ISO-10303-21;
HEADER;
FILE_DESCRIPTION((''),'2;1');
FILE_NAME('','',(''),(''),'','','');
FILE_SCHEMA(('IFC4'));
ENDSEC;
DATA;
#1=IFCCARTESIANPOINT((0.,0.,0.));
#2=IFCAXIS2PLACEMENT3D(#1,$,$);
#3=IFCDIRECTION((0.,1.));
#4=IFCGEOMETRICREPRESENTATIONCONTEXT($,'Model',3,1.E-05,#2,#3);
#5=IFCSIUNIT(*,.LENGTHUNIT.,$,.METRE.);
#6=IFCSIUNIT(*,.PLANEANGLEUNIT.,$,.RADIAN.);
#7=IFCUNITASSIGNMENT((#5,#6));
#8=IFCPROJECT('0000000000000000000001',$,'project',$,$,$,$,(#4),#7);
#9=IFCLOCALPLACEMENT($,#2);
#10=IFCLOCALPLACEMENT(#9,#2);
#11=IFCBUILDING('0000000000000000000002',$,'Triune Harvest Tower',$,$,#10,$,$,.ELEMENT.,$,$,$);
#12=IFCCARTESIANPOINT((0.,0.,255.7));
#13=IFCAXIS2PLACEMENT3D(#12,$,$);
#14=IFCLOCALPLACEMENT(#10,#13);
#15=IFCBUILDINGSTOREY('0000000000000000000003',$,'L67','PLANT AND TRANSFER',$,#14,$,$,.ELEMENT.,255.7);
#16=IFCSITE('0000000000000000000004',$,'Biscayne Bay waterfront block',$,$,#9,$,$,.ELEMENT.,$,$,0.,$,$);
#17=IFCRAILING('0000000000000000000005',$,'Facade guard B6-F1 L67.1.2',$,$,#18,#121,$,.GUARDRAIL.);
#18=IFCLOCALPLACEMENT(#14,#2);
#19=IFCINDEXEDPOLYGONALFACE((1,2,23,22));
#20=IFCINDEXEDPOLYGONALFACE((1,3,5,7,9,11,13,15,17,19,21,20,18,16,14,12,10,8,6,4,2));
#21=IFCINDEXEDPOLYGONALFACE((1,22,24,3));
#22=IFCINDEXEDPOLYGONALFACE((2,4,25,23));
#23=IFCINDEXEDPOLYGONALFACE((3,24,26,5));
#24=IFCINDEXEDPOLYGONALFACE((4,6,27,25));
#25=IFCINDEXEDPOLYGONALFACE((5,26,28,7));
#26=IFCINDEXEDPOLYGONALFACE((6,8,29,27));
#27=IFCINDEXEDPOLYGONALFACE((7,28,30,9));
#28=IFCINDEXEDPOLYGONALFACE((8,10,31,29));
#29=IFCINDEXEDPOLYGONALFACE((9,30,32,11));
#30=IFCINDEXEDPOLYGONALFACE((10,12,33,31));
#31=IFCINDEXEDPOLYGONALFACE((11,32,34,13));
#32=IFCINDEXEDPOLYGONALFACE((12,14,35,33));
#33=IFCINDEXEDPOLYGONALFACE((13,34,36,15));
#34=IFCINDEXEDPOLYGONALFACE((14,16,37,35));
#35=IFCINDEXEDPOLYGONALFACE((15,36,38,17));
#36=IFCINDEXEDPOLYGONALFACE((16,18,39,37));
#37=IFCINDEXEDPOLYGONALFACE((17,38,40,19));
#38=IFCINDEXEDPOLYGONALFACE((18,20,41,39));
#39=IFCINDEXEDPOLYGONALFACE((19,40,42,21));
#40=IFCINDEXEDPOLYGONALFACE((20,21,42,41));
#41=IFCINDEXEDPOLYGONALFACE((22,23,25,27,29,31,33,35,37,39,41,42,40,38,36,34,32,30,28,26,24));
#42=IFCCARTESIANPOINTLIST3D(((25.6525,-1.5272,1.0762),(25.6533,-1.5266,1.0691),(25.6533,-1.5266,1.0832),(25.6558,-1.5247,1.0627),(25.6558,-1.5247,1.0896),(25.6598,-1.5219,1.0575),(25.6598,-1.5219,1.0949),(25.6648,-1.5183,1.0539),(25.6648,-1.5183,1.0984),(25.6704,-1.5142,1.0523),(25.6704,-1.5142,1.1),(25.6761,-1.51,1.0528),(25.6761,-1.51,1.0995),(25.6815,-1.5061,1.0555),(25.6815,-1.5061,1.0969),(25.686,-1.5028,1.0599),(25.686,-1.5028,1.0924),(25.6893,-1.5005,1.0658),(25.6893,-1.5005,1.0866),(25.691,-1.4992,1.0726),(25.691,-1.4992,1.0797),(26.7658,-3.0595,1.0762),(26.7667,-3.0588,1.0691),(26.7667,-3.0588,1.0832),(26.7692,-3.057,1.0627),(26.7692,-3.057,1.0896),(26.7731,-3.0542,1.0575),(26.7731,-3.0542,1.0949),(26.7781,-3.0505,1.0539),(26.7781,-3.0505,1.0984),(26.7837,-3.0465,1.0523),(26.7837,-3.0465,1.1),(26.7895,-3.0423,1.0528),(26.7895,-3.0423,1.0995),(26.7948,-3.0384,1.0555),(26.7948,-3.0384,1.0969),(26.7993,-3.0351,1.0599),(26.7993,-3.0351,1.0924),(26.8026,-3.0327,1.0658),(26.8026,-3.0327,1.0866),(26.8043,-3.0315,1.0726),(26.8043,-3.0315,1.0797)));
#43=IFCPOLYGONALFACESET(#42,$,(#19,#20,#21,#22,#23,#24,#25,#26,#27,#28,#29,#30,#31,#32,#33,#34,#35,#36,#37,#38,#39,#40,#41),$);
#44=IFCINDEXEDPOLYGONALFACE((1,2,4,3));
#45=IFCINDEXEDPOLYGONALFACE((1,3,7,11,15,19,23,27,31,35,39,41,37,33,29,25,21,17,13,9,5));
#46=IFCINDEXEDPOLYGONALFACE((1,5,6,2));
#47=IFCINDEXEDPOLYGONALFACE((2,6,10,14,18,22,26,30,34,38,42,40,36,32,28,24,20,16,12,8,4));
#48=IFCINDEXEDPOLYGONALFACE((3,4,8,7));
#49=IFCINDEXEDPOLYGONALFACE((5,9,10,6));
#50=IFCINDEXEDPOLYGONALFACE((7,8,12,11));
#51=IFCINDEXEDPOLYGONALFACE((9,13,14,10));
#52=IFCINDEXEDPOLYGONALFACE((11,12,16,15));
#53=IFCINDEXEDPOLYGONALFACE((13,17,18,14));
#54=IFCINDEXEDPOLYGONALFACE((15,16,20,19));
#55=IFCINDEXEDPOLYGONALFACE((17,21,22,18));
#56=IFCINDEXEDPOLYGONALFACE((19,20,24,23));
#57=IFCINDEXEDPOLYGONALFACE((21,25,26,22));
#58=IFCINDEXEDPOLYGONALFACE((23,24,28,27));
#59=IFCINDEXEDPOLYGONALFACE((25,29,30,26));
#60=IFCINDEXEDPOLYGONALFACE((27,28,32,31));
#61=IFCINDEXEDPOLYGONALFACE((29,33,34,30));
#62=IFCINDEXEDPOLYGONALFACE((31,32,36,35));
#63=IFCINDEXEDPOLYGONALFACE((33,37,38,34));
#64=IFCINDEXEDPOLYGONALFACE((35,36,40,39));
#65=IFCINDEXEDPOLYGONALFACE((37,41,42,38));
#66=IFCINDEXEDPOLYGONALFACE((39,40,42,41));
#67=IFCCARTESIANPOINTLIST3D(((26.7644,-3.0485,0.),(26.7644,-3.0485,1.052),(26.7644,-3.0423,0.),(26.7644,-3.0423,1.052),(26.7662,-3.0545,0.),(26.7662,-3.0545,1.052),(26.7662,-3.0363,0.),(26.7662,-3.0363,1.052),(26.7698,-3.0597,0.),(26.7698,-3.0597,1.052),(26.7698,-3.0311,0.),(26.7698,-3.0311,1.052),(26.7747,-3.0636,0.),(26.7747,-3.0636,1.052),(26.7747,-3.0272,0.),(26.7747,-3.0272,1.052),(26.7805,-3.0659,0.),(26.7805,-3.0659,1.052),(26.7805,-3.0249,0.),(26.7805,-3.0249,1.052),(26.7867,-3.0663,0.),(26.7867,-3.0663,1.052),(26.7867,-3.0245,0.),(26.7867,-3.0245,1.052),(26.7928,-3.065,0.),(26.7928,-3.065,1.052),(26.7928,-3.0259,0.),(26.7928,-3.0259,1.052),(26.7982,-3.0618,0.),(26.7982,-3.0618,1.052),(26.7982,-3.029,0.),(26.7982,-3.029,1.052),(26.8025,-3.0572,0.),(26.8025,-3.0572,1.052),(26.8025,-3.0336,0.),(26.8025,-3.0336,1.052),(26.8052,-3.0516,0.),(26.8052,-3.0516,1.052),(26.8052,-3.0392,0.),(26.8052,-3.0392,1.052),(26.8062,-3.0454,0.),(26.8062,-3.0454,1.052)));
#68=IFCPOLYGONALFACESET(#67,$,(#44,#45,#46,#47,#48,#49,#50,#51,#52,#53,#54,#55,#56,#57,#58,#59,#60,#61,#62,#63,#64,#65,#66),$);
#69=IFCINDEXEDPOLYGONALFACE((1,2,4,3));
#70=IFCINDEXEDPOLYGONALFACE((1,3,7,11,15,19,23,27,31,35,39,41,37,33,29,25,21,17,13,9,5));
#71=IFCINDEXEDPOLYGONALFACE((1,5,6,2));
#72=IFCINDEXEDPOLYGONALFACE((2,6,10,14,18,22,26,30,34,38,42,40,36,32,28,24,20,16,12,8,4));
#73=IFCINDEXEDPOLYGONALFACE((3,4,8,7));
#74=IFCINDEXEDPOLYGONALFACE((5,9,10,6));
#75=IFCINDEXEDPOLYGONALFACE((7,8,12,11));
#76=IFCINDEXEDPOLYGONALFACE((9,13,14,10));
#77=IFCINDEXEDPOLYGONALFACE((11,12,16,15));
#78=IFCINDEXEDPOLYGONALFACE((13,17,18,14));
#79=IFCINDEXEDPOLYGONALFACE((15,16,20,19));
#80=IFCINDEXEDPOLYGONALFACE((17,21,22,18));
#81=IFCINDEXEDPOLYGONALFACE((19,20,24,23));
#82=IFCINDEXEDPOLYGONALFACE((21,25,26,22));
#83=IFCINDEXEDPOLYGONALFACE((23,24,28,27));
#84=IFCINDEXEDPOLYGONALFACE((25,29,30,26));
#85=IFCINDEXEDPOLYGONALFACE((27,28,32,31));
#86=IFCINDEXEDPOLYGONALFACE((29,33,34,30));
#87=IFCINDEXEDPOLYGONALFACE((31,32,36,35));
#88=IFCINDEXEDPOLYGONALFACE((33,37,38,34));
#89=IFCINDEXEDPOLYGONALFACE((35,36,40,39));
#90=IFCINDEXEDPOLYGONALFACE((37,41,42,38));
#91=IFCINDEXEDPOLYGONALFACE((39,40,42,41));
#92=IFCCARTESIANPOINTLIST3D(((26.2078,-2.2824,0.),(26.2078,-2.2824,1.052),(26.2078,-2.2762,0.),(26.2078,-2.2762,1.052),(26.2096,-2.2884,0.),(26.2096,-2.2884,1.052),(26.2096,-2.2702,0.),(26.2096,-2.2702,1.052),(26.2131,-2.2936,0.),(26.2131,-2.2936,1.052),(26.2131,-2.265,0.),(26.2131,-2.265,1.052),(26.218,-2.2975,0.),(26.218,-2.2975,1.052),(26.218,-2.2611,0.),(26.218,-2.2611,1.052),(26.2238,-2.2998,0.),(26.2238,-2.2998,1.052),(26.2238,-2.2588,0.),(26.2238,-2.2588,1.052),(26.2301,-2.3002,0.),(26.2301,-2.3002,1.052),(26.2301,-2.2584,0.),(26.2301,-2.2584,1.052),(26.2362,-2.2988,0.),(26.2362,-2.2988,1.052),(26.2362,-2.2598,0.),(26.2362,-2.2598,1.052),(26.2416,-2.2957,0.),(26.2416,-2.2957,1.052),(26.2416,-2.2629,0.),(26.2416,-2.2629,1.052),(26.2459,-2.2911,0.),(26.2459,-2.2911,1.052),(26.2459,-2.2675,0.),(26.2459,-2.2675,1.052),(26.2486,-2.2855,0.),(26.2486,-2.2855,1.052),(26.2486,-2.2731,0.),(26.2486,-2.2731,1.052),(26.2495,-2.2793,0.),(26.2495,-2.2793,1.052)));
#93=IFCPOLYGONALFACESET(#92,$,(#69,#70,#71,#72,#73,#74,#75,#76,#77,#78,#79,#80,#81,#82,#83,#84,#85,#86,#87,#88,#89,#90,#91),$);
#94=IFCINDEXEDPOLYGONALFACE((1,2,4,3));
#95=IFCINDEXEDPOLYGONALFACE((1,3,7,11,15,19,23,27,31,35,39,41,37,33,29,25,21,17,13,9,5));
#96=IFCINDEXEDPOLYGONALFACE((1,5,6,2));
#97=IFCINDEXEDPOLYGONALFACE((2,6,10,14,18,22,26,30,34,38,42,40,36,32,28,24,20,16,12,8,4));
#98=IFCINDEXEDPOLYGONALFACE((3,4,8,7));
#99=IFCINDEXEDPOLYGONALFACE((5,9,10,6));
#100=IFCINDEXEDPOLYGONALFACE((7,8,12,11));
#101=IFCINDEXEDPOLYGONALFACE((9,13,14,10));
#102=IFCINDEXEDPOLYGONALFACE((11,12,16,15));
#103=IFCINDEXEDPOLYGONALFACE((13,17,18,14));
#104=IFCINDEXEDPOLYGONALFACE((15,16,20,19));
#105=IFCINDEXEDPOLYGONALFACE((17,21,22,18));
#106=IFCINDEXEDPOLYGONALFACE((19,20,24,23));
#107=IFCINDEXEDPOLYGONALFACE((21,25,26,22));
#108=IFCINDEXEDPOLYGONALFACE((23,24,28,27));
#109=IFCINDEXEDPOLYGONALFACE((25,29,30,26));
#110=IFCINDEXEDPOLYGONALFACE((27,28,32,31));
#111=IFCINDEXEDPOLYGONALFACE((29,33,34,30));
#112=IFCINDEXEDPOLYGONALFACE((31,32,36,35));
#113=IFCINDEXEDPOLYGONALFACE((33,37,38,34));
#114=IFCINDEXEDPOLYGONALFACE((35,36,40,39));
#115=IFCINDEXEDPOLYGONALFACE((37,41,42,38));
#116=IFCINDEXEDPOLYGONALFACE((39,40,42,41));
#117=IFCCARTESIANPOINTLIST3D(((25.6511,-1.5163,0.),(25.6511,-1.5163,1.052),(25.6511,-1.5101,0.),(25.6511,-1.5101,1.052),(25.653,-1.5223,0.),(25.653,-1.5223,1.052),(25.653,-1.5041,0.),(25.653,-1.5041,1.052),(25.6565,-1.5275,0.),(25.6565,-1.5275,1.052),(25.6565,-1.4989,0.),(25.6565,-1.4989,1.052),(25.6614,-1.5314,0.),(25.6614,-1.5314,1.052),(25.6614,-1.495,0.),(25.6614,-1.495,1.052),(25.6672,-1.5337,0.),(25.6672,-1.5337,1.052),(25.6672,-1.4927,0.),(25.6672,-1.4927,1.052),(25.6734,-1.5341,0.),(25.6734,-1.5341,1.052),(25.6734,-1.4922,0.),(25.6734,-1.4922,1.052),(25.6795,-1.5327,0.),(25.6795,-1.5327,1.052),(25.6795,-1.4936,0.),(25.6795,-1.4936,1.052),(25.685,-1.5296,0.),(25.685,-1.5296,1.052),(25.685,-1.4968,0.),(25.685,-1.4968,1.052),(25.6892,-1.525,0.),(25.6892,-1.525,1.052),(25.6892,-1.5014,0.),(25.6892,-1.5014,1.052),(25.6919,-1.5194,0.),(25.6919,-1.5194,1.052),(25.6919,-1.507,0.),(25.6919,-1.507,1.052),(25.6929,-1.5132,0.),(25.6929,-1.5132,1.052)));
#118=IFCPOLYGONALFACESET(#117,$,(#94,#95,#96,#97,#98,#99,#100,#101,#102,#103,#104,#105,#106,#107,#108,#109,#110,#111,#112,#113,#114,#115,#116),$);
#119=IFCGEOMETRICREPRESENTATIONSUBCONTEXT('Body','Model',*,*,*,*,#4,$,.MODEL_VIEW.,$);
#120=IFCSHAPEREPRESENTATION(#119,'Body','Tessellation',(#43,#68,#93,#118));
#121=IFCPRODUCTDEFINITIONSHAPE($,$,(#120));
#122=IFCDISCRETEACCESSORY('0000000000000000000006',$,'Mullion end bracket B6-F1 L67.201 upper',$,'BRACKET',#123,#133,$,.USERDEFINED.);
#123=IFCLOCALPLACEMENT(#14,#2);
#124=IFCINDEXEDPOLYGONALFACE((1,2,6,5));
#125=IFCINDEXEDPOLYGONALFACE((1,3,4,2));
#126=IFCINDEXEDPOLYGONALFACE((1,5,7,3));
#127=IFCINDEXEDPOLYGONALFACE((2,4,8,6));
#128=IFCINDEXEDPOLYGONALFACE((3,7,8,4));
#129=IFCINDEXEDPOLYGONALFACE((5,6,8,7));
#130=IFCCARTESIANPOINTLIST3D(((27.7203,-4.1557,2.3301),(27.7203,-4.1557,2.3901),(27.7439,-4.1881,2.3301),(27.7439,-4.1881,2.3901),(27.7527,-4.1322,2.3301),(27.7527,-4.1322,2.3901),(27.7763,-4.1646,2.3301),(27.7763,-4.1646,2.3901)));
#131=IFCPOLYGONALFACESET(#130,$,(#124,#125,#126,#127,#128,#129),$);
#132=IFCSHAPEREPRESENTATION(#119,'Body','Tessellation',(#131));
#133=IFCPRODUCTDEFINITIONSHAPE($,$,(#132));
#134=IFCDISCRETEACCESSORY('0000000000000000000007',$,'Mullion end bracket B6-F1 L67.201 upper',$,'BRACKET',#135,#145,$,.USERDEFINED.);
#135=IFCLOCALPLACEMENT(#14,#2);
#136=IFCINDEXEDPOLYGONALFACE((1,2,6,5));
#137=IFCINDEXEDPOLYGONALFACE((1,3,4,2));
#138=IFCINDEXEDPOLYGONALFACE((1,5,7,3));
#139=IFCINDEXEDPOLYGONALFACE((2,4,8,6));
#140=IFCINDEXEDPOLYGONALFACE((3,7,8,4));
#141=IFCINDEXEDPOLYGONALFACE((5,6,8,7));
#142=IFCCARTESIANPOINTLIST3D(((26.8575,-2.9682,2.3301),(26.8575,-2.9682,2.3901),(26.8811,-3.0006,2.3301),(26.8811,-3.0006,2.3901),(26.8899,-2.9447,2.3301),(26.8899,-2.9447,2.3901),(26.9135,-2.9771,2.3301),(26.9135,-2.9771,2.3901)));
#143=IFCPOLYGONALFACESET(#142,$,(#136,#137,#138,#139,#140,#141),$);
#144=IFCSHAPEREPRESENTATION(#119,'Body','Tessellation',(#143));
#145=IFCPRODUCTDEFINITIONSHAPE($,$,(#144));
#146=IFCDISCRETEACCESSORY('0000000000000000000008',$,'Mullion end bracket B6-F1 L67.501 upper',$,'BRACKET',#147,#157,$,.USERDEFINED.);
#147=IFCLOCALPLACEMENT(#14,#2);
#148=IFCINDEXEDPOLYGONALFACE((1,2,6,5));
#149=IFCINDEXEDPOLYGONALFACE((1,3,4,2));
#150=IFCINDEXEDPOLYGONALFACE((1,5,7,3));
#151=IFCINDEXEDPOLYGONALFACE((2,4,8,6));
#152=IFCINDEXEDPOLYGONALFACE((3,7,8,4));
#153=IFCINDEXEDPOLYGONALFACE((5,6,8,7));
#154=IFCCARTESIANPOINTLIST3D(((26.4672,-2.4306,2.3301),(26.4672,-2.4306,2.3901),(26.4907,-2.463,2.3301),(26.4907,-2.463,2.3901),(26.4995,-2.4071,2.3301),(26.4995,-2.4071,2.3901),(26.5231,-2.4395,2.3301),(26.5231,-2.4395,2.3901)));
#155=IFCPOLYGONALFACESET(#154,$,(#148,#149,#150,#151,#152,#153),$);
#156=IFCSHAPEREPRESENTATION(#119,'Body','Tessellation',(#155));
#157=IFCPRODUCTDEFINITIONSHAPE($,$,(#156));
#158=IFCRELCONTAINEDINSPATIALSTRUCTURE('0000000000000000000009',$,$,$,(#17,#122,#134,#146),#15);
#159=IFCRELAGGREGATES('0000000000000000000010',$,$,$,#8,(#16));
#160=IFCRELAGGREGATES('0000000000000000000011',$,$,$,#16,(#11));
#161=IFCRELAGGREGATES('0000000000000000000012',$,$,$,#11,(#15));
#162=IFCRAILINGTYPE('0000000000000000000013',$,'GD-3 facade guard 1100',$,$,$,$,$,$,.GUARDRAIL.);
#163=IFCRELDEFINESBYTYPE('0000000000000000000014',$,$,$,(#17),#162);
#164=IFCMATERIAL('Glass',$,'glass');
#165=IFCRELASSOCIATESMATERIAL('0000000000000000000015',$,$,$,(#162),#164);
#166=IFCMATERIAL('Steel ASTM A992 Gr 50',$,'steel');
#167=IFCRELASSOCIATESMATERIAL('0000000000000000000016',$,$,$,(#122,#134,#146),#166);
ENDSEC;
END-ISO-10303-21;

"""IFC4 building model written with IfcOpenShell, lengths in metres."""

from ifc_helpers import new_model, si_unit, direction, frame, origin, origin_2d, place, context, subcontext, project, spatial, rectangle, circle, extrude, source, transform, mapped, material, type_object, element, save


model = new_model("IFC4")

# Units and contexts
model_context = context("Model", 3, precision=1e-05, world=origin(), true_north=direction((0.0, 1.0)))
body_context = subcontext(model_context, "Body", "Model", "MODEL_VIEW")
ifc_project = project(units=[si_unit("LENGTHUNIT", "METRE"), si_unit("PLANEANGLEUNIT", "RADIAN")], contexts=[model_context])

# Site, building, storey
site_placement = place(None, origin())
site = spatial("IfcSite", under=ifc_project, at=site_placement, Name="Biscayne Bay waterfront block", CompositionType="ELEMENT", RefElevation=0.0)
building_placement = place(site_placement, origin())
building = spatial("IfcBuilding", under=site, at=building_placement, Name="Triune Harvest Tower", CompositionType="ELEMENT")
storey_placement = place(building_placement, frame((0.0, 0.0, 255.7)))
storey = spatial("IfcBuildingStorey", under=building, at=storey_placement, Name="L67", Description="PLANT AND TRANSFER", CompositionType="ELEMENT", Elevation=255.7)

# Railing
ifc_material_1 = material(Name="Glass", Category="glass")
railing_type = type_object("IfcRailingType", Name="GD-3 facade guard 1100", PredefinedType="GUARDRAIL", material=ifc_material_1)
railing_1_placement = place(storey_placement, frame((26.7852, -3.0454, 0.0)))
element("IfcRailing", 1, at=railing_1_placement, inside=storey, type_object=railing_type, Name="Facade guard B6-F1 L67.1.2", PredefinedType="GUARDRAIL", context=body_context, shape_type="SweptSolid", body=[
    extrude(circle(Radius=0.0239, at=origin_2d()), frame((0.0, 0.0, 1.0762), z_axis=(-0.587804, 0.809004, 0.0), x_axis=(-0.809004, -0.587804, 0.0)), (0.0, 0.0, 1.0), 1.894),
    extrude(circle(Radius=0.021, at=origin_2d()), origin(), (0.0, 0.0, 1.0), 1.052),
    extrude(circle(Radius=0.021, at=origin_2d()), frame((-0.5566, 0.7661, 0.0)), (0.0, 0.0, 1.0), 1.052),
    extrude(circle(Radius=0.021, at=origin_2d()), frame((-1.1133, 1.5322, 0.0)), (0.0, 0.0, 1.0), 1.052),
])

# Discrete accessories
ifc_material_2 = material(Name="Steel ASTM A992 Gr 50", Category="steel")
shared_shape_1 = source(origin(), body_context, "Body", "SweptSolid", [
    extrude(rectangle(XDim=0.04, YDim=0.04, at=origin_2d()), origin(), (0.0, 0.0, 1.0), 0.0601),
])
for number, where, z_axis, x_axis, name in (
    (2, (27.7483, -4.1602, 2.3301), (0.0, 0.0, 1.0), (-0.587775, 0.809024, 0.0), "Mullion end bracket B6-F1 L67.201 upper"),
    (3, (26.8855, -2.9727, 2.3301), (0.0, 0.0, 1.0), (-0.587775, 0.809024, 0.0), "Mullion end bracket B6-F1 L67.201 upper"),
    (4, (26.4951, -2.4351, 2.3301), (0.0, 0.0, 1.0), (-0.587819, 0.808992, 0.0), "Mullion end bracket B6-F1 L67.501 upper"),
):
    element("IfcDiscreteAccessory", number, at=place(storey_placement, frame(where, z_axis=z_axis, x_axis=x_axis)), inside=storey, material=ifc_material_2, Name=name, ObjectType="BRACKET", PredefinedType="USERDEFINED", context=body_context, shape_type="MappedRepresentation", body=[
        mapped(shared_shape_1, transform((0.0, 0.0, 0.0), scale=1.0)),
    ])

save(model, "model.ifc")
